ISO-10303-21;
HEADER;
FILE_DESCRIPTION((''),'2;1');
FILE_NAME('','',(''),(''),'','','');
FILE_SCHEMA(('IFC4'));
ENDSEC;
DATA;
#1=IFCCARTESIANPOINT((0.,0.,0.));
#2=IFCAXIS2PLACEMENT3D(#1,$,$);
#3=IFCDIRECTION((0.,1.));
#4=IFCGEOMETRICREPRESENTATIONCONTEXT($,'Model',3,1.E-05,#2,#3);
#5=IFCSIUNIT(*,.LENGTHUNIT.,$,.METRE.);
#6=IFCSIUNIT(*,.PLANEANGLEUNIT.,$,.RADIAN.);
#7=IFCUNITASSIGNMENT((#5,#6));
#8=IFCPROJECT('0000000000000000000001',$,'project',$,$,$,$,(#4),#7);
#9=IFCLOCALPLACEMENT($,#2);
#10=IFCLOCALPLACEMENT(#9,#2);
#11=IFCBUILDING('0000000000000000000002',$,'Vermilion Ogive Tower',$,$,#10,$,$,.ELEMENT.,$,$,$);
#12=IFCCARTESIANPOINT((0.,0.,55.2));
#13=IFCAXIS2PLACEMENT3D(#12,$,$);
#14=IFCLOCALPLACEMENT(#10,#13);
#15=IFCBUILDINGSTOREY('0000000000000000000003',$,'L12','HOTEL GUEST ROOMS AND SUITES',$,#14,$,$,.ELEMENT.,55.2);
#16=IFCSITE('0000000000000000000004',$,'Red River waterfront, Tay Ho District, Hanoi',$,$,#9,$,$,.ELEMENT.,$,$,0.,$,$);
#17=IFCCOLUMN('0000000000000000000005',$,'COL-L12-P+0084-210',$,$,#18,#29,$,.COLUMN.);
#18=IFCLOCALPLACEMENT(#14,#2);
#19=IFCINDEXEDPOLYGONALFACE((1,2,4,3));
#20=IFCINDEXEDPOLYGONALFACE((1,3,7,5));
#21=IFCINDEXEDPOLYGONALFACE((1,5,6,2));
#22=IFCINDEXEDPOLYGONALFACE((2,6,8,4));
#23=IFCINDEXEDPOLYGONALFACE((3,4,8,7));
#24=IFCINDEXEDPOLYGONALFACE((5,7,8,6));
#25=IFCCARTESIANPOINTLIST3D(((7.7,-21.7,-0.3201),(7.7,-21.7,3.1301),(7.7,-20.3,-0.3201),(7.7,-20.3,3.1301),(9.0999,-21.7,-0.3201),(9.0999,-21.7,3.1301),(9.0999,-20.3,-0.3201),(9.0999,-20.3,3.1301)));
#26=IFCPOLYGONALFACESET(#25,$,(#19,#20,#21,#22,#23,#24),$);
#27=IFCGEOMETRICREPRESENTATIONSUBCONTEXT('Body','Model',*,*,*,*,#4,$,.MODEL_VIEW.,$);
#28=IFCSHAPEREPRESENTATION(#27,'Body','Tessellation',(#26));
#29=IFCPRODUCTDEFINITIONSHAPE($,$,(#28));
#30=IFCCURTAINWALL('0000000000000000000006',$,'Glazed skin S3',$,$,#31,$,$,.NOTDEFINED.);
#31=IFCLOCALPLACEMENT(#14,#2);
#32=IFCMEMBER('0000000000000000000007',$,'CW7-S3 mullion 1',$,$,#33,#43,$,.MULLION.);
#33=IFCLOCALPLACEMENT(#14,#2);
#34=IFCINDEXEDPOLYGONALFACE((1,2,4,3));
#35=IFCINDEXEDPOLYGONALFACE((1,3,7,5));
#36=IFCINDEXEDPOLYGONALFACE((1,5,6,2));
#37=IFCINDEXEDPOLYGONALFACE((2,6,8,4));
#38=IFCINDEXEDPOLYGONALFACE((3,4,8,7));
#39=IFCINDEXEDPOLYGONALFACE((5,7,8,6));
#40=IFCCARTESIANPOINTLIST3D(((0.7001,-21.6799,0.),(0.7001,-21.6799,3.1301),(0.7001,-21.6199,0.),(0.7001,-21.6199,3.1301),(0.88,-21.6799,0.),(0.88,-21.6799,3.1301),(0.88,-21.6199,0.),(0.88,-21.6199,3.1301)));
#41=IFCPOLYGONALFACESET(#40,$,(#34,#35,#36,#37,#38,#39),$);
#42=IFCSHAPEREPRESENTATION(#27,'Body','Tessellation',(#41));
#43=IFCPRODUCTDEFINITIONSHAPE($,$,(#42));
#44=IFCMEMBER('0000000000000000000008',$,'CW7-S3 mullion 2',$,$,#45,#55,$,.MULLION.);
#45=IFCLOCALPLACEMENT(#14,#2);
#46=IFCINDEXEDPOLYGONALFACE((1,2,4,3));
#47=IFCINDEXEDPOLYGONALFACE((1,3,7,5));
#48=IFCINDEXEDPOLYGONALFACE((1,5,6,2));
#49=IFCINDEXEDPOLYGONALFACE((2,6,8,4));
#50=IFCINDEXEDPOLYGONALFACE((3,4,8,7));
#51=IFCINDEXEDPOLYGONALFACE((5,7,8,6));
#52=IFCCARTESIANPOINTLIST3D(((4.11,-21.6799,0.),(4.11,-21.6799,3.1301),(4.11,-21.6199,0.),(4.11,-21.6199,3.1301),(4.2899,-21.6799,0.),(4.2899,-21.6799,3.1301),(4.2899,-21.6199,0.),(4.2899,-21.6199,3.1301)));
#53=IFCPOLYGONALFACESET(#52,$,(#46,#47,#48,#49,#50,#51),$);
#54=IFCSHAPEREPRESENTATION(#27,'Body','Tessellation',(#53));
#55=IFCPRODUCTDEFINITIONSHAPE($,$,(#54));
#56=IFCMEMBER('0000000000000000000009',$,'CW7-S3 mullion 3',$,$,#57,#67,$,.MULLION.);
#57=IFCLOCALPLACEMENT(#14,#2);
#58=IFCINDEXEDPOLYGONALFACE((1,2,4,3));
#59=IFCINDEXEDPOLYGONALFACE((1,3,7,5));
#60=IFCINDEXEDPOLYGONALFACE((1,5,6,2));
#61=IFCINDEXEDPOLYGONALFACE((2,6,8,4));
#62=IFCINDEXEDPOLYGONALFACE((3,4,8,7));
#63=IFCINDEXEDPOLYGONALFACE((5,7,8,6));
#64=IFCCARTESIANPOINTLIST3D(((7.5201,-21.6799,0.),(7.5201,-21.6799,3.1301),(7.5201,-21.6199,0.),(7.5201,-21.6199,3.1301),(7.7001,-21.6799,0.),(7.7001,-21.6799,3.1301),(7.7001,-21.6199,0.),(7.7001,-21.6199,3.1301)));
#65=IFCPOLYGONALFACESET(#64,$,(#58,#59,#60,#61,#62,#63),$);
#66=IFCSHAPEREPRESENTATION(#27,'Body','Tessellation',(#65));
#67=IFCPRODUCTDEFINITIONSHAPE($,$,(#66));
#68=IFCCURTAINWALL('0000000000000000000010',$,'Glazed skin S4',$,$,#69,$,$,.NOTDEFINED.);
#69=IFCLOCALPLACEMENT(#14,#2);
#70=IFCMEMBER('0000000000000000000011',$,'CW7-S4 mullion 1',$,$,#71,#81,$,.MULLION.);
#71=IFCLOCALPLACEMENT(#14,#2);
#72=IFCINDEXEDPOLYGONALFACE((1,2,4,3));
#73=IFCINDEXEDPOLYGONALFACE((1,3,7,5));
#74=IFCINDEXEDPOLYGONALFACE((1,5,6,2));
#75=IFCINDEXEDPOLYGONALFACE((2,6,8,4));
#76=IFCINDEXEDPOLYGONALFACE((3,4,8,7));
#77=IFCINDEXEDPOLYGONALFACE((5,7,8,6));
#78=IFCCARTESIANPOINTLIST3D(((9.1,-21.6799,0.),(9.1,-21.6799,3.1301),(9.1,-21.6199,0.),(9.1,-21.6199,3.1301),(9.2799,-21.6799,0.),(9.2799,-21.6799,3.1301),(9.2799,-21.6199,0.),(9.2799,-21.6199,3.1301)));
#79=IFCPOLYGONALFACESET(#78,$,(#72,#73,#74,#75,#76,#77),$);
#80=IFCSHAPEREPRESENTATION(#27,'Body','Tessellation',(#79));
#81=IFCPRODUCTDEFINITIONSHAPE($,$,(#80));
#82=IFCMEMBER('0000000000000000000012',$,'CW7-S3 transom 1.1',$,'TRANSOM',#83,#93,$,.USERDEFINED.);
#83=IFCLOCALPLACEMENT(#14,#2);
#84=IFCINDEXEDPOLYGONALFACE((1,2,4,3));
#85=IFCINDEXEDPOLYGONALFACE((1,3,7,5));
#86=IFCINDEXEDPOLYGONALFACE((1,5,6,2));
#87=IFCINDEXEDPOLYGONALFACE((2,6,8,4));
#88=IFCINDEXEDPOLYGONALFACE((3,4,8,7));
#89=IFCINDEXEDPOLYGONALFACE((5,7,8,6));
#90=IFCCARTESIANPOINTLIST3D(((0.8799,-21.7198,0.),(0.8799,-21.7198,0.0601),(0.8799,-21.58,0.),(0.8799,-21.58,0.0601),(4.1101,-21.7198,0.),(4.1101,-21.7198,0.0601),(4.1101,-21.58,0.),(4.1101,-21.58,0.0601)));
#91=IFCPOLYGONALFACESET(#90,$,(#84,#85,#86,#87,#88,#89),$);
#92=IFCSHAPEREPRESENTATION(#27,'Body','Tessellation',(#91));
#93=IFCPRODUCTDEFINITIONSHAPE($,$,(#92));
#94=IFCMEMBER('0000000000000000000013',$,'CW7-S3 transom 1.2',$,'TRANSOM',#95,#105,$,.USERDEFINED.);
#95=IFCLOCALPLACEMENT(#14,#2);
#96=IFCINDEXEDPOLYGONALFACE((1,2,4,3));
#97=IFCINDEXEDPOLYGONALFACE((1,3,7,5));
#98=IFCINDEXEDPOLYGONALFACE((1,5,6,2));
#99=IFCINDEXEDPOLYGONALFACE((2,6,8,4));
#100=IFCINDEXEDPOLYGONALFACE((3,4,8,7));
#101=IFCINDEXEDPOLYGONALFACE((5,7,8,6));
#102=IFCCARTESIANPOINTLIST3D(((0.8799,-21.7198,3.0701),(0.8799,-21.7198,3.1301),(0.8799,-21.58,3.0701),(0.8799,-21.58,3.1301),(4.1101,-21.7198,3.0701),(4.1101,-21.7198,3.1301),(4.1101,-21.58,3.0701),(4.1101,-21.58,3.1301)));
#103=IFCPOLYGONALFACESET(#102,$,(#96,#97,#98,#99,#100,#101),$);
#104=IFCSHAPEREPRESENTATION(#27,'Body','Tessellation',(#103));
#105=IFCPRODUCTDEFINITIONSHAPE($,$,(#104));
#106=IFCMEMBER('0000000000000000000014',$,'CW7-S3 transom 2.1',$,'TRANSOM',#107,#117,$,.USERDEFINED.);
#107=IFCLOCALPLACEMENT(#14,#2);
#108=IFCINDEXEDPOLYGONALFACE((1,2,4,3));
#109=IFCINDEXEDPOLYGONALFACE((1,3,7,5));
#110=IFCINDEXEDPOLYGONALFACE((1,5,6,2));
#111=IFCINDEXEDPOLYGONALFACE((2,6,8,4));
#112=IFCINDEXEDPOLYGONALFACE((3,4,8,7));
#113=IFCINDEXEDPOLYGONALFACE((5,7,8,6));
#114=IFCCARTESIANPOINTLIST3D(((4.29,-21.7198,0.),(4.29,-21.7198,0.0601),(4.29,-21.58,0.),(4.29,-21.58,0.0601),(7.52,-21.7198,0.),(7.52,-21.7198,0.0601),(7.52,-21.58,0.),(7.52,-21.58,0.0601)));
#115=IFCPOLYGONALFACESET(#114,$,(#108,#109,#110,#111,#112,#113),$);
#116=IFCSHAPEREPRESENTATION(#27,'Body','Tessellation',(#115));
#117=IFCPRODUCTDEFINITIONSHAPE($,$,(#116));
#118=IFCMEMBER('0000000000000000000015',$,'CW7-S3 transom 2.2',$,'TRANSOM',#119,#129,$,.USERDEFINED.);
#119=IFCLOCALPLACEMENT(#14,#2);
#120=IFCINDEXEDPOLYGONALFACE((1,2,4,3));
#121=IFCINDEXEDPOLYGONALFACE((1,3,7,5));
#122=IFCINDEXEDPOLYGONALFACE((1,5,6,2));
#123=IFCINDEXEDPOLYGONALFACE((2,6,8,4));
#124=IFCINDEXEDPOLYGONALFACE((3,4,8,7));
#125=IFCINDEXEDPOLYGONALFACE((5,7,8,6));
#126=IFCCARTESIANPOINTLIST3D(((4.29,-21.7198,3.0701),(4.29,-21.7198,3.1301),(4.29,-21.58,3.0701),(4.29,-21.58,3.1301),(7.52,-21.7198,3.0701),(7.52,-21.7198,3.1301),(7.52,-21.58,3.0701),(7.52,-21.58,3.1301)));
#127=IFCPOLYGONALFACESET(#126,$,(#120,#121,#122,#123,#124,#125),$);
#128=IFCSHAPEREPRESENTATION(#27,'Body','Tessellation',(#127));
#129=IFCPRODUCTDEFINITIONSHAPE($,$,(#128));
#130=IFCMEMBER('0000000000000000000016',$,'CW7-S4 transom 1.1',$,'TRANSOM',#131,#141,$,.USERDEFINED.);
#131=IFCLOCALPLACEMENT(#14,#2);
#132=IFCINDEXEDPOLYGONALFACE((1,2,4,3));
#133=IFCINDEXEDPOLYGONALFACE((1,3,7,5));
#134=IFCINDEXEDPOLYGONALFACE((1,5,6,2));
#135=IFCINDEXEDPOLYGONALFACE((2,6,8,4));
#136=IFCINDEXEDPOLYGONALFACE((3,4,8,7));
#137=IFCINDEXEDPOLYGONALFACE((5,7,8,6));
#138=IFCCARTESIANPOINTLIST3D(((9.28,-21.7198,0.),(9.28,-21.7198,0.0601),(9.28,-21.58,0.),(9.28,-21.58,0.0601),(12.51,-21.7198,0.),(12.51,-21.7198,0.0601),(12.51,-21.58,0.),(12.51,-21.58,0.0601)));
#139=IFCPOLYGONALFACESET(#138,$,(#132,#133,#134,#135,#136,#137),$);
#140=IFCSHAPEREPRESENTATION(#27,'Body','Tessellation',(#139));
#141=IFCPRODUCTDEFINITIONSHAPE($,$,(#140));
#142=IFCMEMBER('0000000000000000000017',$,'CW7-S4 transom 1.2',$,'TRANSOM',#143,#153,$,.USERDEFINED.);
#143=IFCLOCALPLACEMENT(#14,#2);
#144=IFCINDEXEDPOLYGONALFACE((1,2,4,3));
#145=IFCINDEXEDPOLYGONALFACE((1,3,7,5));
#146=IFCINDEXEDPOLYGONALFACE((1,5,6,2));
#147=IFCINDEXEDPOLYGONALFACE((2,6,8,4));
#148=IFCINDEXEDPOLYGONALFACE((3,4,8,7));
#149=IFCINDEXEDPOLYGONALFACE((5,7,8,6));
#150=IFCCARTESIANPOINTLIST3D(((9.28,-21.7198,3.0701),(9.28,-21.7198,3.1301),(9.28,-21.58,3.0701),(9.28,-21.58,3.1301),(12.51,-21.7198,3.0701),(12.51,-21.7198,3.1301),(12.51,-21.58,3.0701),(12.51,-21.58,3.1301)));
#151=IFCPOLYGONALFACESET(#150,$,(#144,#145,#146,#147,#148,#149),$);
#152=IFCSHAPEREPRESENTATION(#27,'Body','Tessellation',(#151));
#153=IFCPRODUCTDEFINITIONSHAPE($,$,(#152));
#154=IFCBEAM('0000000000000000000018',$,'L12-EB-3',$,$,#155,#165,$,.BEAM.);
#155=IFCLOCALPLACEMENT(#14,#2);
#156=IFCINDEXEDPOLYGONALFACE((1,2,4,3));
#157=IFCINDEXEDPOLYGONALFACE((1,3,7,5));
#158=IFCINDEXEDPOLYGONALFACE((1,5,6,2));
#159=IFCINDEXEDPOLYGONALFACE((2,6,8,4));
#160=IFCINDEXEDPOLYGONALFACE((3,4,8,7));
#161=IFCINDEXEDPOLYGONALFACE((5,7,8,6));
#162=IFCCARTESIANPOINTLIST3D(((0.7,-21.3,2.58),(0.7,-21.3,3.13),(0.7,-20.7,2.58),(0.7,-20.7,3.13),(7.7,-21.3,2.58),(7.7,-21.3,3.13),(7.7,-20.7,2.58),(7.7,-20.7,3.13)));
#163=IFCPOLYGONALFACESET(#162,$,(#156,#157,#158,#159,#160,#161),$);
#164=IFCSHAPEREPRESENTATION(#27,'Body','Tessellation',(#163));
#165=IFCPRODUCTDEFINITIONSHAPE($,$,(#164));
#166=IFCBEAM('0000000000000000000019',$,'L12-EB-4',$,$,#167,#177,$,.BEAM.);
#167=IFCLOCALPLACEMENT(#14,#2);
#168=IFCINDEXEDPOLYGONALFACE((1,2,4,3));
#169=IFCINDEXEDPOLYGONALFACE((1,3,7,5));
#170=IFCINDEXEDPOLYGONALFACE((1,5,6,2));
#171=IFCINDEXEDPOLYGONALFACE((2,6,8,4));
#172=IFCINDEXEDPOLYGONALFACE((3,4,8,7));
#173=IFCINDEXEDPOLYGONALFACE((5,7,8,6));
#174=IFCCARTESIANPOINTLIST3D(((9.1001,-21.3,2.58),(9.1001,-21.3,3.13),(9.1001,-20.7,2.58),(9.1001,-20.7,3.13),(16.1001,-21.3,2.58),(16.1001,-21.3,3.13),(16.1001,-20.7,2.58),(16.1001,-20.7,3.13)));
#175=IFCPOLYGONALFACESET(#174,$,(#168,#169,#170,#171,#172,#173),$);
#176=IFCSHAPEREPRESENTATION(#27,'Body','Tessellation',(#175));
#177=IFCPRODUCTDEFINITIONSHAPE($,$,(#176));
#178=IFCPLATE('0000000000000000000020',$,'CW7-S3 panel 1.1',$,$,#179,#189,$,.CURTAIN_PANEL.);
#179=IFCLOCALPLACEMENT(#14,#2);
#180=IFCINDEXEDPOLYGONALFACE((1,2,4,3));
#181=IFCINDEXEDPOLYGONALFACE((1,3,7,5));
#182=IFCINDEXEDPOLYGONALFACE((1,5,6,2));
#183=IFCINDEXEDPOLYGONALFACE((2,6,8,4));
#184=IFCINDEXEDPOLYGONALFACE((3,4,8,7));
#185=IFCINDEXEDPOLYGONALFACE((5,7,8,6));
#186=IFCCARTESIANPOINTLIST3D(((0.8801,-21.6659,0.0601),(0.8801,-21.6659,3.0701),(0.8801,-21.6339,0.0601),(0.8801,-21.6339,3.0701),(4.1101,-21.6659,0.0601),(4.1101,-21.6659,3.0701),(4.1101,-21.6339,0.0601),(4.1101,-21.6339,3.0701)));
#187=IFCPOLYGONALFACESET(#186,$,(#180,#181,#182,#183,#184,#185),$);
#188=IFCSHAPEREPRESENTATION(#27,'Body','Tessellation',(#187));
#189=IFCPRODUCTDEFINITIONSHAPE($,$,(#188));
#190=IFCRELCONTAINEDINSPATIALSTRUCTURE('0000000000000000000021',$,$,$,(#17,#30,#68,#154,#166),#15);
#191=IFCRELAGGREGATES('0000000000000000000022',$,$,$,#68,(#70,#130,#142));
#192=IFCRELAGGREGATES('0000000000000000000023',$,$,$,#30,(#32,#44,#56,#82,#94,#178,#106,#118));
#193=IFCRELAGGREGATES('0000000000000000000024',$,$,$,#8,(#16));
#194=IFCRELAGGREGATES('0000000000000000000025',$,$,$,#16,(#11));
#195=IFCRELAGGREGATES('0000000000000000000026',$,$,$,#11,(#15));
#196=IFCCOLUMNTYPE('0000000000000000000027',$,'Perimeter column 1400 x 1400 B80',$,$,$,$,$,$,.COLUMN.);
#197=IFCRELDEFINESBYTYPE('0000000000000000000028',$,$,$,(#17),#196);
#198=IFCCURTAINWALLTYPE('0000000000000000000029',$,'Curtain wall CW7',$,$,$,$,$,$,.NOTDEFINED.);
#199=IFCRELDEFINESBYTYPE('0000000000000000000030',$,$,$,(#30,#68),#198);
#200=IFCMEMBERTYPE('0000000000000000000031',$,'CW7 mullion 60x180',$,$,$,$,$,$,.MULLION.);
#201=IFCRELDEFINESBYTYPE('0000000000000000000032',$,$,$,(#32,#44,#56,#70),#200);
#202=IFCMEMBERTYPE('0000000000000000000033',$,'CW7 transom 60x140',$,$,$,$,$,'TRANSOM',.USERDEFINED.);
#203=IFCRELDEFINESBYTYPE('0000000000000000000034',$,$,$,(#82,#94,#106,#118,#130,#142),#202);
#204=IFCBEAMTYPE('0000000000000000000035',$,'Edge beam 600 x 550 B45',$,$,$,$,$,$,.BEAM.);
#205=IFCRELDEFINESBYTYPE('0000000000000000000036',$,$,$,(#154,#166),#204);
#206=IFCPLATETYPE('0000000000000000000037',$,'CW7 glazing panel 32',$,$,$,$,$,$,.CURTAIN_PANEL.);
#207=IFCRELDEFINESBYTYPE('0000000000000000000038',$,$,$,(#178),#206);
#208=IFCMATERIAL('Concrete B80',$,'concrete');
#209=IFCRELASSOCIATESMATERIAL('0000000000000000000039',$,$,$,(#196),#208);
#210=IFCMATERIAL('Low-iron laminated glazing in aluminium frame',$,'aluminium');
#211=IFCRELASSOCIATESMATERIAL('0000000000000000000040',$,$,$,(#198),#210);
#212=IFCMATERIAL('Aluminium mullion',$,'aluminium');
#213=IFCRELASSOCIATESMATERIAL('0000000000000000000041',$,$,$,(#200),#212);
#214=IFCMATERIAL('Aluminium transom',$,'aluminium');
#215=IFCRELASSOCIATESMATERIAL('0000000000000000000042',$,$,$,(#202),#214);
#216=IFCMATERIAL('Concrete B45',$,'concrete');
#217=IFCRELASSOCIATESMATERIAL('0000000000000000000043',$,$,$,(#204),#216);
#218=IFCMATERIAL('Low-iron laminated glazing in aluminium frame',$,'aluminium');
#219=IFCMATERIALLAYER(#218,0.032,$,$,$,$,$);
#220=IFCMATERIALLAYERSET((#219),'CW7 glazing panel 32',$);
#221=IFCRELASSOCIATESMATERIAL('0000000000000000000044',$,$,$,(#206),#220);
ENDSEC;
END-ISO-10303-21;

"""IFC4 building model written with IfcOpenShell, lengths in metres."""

from ifc_helpers import new_model, si_unit, direction, frame, origin, origin_2d, place, context, subcontext, project, spatial, rectangle, extrude, material, layer, layer_set, material_profile, profile_set, type_object, element, aggregate, save


model = new_model("IFC4")

# Units and contexts
model_context = context("Model", 3, precision=1e-05, world=origin(), true_north=direction((0.0, 1.0)))
body_context = subcontext(model_context, "Body", "Model", "MODEL_VIEW")
ifc_project = project(units=[si_unit("LENGTHUNIT", "METRE"), si_unit("PLANEANGLEUNIT", "RADIAN")], contexts=[model_context])

# Site, building, storey
site_placement = place(None, origin())
site = spatial("IfcSite", under=ifc_project, at=site_placement, Name="Red River waterfront, Tay Ho District, Hanoi", CompositionType="ELEMENT", RefElevation=0.0)
building_placement = place(site_placement, origin())
building = spatial("IfcBuilding", under=site, at=building_placement, Name="Vermilion Ogive Tower", CompositionType="ELEMENT")
storey_placement = place(building_placement, frame((0.0, 0.0, 55.2)))
storey = spatial("IfcBuildingStorey", under=building, at=storey_placement, Name="L12", Description="HOTEL GUEST ROOMS AND SUITES", CompositionType="ELEMENT", Elevation=55.2)

# Column
ifc_material_1 = material(Name="Concrete B80", Category="concrete")
ifc_material_profile_1 = material_profile(ifc_material_1, rectangle(XDim=1.3999, YDim=1.3999, at=origin_2d()), Name="1400 x 1400")
ifc_profile_set_1 = profile_set([ifc_material_profile_1], Name="Concrete B80")
column_type = type_object("IfcColumnType", Name="Perimeter column 1400 x 1400 B80", PredefinedType="COLUMN", material=ifc_profile_set_1)
column_placement = place(storey_placement, frame((8.3999, -21.0, -0.3201), z_axis=(0.0, 0.0, 1.0), x_axis=(1.0, 0.0, 0.0)))
element("IfcColumn", 1, at=column_placement, inside=storey, type_object=column_type, Name="COL-L12-P+0084-210", PredefinedType="COLUMN", context=body_context, shape_type="SweptSolid", body=[
    extrude(rectangle(XDim=1.3999, YDim=1.3999, at=origin_2d()), origin(), (0.0, 0.0, 1.0), 3.4502),
])

# Curtain wall, members
ifc_material_2 = material(Name="Low-iron laminated glazing in aluminium frame", Category="aluminium")
curtain_wall_type = type_object("IfcCurtainWallType", Name="Curtain wall CW7", PredefinedType="NOTDEFINED", material=ifc_material_2)
curtain_wall_1_placement = place(storey_placement, origin())
curtain_wall_1 = element("IfcCurtainWall", 2, at=curtain_wall_1_placement, inside=storey, type_object=curtain_wall_type, Name="Glazed skin S3", PredefinedType="NOTDEFINED")
ifc_material_3 = material(Name="Aluminium mullion", Category="aluminium")
ifc_material_profile_2 = material_profile(ifc_material_3, rectangle(XDim=0.0601, YDim=0.1799, at=origin_2d()), Name="AL 60x180")
ifc_profile_set_2 = profile_set([ifc_material_profile_2], Name="Aluminium mullion")
member_type_1 = type_object("IfcMemberType", Name="CW7 mullion 60x180", PredefinedType="MULLION", material=ifc_profile_set_2)
member_1_placement = place(storey_placement, frame((0.79, -21.6499, 0.0), z_axis=(0.0, 0.0, 1.0), x_axis=(0.0, 1.0, 0.0)))
member_1 = element("IfcMember", 3, at=member_1_placement, type_object=member_type_1, Name="CW7-S3 mullion 1", PredefinedType="MULLION", context=body_context, shape_type="SweptSolid", body=[
    extrude(rectangle(XDim=0.0601, YDim=0.1799, at=origin_2d()), origin(), (0.0, 0.0, 1.0), 3.1301),
])
member_2_placement = place(storey_placement, frame((4.2, -21.6499, 0.0), z_axis=(0.0, 0.0, 1.0), x_axis=(0.0, 1.0, 0.0)))
member_2 = element("IfcMember", 4, at=member_2_placement, type_object=member_type_1, Name="CW7-S3 mullion 2", PredefinedType="MULLION", context=body_context, shape_type="SweptSolid", body=[
    extrude(rectangle(XDim=0.0601, YDim=0.1799, at=origin_2d()), origin(), (0.0, 0.0, 1.0), 3.1301),
])
member_3_placement = place(storey_placement, frame((7.6101, -21.6499, 0.0), z_axis=(0.0, 0.0, 1.0), x_axis=(0.0, 1.0, 0.0)))
member_3 = element("IfcMember", 5, at=member_3_placement, type_object=member_type_1, Name="CW7-S3 mullion 3", PredefinedType="MULLION", context=body_context, shape_type="SweptSolid", body=[
    extrude(rectangle(XDim=0.0601, YDim=0.1799, at=origin_2d()), origin(), (0.0, 0.0, 1.0), 3.1301),
])

# Curtain wall, member
curtain_wall_2_placement = place(storey_placement, origin())
curtain_wall_2 = element("IfcCurtainWall", 6, at=curtain_wall_2_placement, inside=storey, type_object=curtain_wall_type, Name="Glazed skin S4", PredefinedType="NOTDEFINED")
member_4_placement = place(storey_placement, frame((9.1899, -21.6499, 0.0), z_axis=(0.0, 0.0, 1.0), x_axis=(0.0, 1.0, 0.0)))
member_4 = element("IfcMember", 7, at=member_4_placement, type_object=member_type_1, Name="CW7-S4 mullion 1", PredefinedType="MULLION", context=body_context, shape_type="SweptSolid", body=[
    extrude(rectangle(XDim=0.0601, YDim=0.1799, at=origin_2d()), origin(), (0.0, 0.0, 1.0), 3.1301),
])

# Members
ifc_material_4 = material(Name="Aluminium transom", Category="aluminium")
ifc_material_profile_3 = material_profile(ifc_material_4, rectangle(XDim=0.1399, YDim=0.0601, at=origin_2d()), Name="AL 60x140")
ifc_profile_set_3 = profile_set([ifc_material_profile_3], Name="Aluminium transom")
member_type_2 = type_object("IfcMemberType", Name="CW7 transom 60x140", ElementType="TRANSOM", PredefinedType="USERDEFINED", material=ifc_profile_set_3)
member_5_placement = place(storey_placement, frame((0.8799, -21.6499, 0.03), z_axis=(1.0, 0.0, 0.0), x_axis=(0.0, 1.0, 0.0)))
member_5 = element("IfcMember", 8, at=member_5_placement, type_object=member_type_2, Name="CW7-S3 transom 1.1", ObjectType="TRANSOM", PredefinedType="USERDEFINED", context=body_context, shape_type="SweptSolid", body=[
    extrude(rectangle(XDim=0.1399, YDim=0.0601, at=origin_2d()), origin(), (0.0, 0.0, 1.0), 3.2302),
])
member_6_placement = place(storey_placement, frame((0.8799, -21.6499, 3.1001), z_axis=(1.0, 0.0, 0.0), x_axis=(0.0, 1.0, 0.0)))
member_6 = element("IfcMember", 9, at=member_6_placement, type_object=member_type_2, Name="CW7-S3 transom 1.2", ObjectType="TRANSOM", PredefinedType="USERDEFINED", context=body_context, shape_type="SweptSolid", body=[
    extrude(rectangle(XDim=0.1399, YDim=0.0601, at=origin_2d()), origin(), (0.0, 0.0, 1.0), 3.2302),
])
member_7_placement = place(storey_placement, frame((4.29, -21.6499, 0.03), z_axis=(1.0, 0.0, 0.0), x_axis=(0.0, 1.0, 0.0)))
member_7 = element("IfcMember", 10, at=member_7_placement, type_object=member_type_2, Name="CW7-S3 transom 2.1", ObjectType="TRANSOM", PredefinedType="USERDEFINED", context=body_context, shape_type="SweptSolid", body=[
    extrude(rectangle(XDim=0.1399, YDim=0.0601, at=origin_2d()), origin(), (0.0, 0.0, 1.0), 3.23),
])
member_8_placement = place(storey_placement, frame((4.29, -21.6499, 3.1001), z_axis=(1.0, 0.0, 0.0), x_axis=(0.0, 1.0, 0.0)))
member_8 = element("IfcMember", 11, at=member_8_placement, type_object=member_type_2, Name="CW7-S3 transom 2.2", ObjectType="TRANSOM", PredefinedType="USERDEFINED", context=body_context, shape_type="SweptSolid", body=[
    extrude(rectangle(XDim=0.1399, YDim=0.0601, at=origin_2d()), origin(), (0.0, 0.0, 1.0), 3.23),
])
member_9_placement = place(storey_placement, frame((9.28, -21.6499, 0.03), z_axis=(1.0, 0.0, 0.0), x_axis=(0.0, 1.0, 0.0)))
member_9 = element("IfcMember", 12, at=member_9_placement, type_object=member_type_2, Name="CW7-S4 transom 1.1", ObjectType="TRANSOM", PredefinedType="USERDEFINED", context=body_context, shape_type="SweptSolid", body=[
    extrude(rectangle(XDim=0.1399, YDim=0.0601, at=origin_2d()), origin(), (0.0, 0.0, 1.0), 3.23),
])
member_10_placement = place(storey_placement, frame((9.28, -21.6499, 3.1001), z_axis=(1.0, 0.0, 0.0), x_axis=(0.0, 1.0, 0.0)))
member_10 = element("IfcMember", 13, at=member_10_placement, type_object=member_type_2, Name="CW7-S4 transom 1.2", ObjectType="TRANSOM", PredefinedType="USERDEFINED", context=body_context, shape_type="SweptSolid", body=[
    extrude(rectangle(XDim=0.1399, YDim=0.0601, at=origin_2d()), origin(), (0.0, 0.0, 1.0), 3.23),
])
aggregate(curtain_wall_2, [member_4, member_9, member_10])

# Beams
ifc_material_5 = material(Name="Concrete B45", Category="concrete")
ifc_material_profile_4 = material_profile(ifc_material_5, rectangle(XDim=0.6001, YDim=0.55, at=origin_2d()), Name="600 x 550")
ifc_profile_set_4 = profile_set([ifc_material_profile_4], Name="Concrete B45")
beam_type = type_object("IfcBeamType", Name="Edge beam 600 x 550 B45", PredefinedType="BEAM", material=ifc_profile_set_4)
for number, where, z_axis, x_axis, name in (
    (14, (0.7, -21.0, 2.855), (1.0, 0.0, 0.0), (0.0, 1.0, 0.0), "L12-EB-3"),
    (15, (9.1001, -21.0, 2.855), (1.0, 0.0, 0.0), (0.0, 1.0, 0.0), "L12-EB-4"),
):
    element("IfcBeam", number, at=place(storey_placement, frame(where, z_axis=z_axis, x_axis=x_axis)), inside=storey, type_object=beam_type, Name=name, PredefinedType="BEAM", context=body_context, shape_type="SweptSolid", body=[
        extrude(rectangle(XDim=0.6001, YDim=0.55, at=origin_2d()), origin(), (0.0, 0.0, 1.0), 7.0),
    ])

# Plate
ifc_material_6 = material(Name="Low-iron laminated glazing in aluminium frame", Category="aluminium")
ifc_layer_1 = layer(ifc_material_6, 0.032)
ifc_layer_set_1 = layer_set([ifc_layer_1], Name="CW7 glazing panel 32")
plate_type = type_object("IfcPlateType", Name="CW7 glazing panel 32", PredefinedType="CURTAIN_PANEL", material=ifc_layer_set_1)
plate_1_placement = place(storey_placement, frame((2.4951, -21.6499, 0.0601), z_axis=(0.0, 0.0, 1.0), x_axis=(1.0, 0.0, 0.0)))
plate_1 = element("IfcPlate", 16, at=plate_1_placement, type_object=plate_type, Name="CW7-S3 panel 1.1", PredefinedType="CURTAIN_PANEL", context=body_context, shape_type="SweptSolid", body=[
    extrude(rectangle(XDim=3.23, YDim=0.032, at=origin_2d()), origin(), (0.0, 0.0, 1.0), 3.01),
])
aggregate(curtain_wall_1, [member_1, member_2, member_3, member_5, member_6, plate_1, member_7, member_8])

save(model, "model.ifc")
